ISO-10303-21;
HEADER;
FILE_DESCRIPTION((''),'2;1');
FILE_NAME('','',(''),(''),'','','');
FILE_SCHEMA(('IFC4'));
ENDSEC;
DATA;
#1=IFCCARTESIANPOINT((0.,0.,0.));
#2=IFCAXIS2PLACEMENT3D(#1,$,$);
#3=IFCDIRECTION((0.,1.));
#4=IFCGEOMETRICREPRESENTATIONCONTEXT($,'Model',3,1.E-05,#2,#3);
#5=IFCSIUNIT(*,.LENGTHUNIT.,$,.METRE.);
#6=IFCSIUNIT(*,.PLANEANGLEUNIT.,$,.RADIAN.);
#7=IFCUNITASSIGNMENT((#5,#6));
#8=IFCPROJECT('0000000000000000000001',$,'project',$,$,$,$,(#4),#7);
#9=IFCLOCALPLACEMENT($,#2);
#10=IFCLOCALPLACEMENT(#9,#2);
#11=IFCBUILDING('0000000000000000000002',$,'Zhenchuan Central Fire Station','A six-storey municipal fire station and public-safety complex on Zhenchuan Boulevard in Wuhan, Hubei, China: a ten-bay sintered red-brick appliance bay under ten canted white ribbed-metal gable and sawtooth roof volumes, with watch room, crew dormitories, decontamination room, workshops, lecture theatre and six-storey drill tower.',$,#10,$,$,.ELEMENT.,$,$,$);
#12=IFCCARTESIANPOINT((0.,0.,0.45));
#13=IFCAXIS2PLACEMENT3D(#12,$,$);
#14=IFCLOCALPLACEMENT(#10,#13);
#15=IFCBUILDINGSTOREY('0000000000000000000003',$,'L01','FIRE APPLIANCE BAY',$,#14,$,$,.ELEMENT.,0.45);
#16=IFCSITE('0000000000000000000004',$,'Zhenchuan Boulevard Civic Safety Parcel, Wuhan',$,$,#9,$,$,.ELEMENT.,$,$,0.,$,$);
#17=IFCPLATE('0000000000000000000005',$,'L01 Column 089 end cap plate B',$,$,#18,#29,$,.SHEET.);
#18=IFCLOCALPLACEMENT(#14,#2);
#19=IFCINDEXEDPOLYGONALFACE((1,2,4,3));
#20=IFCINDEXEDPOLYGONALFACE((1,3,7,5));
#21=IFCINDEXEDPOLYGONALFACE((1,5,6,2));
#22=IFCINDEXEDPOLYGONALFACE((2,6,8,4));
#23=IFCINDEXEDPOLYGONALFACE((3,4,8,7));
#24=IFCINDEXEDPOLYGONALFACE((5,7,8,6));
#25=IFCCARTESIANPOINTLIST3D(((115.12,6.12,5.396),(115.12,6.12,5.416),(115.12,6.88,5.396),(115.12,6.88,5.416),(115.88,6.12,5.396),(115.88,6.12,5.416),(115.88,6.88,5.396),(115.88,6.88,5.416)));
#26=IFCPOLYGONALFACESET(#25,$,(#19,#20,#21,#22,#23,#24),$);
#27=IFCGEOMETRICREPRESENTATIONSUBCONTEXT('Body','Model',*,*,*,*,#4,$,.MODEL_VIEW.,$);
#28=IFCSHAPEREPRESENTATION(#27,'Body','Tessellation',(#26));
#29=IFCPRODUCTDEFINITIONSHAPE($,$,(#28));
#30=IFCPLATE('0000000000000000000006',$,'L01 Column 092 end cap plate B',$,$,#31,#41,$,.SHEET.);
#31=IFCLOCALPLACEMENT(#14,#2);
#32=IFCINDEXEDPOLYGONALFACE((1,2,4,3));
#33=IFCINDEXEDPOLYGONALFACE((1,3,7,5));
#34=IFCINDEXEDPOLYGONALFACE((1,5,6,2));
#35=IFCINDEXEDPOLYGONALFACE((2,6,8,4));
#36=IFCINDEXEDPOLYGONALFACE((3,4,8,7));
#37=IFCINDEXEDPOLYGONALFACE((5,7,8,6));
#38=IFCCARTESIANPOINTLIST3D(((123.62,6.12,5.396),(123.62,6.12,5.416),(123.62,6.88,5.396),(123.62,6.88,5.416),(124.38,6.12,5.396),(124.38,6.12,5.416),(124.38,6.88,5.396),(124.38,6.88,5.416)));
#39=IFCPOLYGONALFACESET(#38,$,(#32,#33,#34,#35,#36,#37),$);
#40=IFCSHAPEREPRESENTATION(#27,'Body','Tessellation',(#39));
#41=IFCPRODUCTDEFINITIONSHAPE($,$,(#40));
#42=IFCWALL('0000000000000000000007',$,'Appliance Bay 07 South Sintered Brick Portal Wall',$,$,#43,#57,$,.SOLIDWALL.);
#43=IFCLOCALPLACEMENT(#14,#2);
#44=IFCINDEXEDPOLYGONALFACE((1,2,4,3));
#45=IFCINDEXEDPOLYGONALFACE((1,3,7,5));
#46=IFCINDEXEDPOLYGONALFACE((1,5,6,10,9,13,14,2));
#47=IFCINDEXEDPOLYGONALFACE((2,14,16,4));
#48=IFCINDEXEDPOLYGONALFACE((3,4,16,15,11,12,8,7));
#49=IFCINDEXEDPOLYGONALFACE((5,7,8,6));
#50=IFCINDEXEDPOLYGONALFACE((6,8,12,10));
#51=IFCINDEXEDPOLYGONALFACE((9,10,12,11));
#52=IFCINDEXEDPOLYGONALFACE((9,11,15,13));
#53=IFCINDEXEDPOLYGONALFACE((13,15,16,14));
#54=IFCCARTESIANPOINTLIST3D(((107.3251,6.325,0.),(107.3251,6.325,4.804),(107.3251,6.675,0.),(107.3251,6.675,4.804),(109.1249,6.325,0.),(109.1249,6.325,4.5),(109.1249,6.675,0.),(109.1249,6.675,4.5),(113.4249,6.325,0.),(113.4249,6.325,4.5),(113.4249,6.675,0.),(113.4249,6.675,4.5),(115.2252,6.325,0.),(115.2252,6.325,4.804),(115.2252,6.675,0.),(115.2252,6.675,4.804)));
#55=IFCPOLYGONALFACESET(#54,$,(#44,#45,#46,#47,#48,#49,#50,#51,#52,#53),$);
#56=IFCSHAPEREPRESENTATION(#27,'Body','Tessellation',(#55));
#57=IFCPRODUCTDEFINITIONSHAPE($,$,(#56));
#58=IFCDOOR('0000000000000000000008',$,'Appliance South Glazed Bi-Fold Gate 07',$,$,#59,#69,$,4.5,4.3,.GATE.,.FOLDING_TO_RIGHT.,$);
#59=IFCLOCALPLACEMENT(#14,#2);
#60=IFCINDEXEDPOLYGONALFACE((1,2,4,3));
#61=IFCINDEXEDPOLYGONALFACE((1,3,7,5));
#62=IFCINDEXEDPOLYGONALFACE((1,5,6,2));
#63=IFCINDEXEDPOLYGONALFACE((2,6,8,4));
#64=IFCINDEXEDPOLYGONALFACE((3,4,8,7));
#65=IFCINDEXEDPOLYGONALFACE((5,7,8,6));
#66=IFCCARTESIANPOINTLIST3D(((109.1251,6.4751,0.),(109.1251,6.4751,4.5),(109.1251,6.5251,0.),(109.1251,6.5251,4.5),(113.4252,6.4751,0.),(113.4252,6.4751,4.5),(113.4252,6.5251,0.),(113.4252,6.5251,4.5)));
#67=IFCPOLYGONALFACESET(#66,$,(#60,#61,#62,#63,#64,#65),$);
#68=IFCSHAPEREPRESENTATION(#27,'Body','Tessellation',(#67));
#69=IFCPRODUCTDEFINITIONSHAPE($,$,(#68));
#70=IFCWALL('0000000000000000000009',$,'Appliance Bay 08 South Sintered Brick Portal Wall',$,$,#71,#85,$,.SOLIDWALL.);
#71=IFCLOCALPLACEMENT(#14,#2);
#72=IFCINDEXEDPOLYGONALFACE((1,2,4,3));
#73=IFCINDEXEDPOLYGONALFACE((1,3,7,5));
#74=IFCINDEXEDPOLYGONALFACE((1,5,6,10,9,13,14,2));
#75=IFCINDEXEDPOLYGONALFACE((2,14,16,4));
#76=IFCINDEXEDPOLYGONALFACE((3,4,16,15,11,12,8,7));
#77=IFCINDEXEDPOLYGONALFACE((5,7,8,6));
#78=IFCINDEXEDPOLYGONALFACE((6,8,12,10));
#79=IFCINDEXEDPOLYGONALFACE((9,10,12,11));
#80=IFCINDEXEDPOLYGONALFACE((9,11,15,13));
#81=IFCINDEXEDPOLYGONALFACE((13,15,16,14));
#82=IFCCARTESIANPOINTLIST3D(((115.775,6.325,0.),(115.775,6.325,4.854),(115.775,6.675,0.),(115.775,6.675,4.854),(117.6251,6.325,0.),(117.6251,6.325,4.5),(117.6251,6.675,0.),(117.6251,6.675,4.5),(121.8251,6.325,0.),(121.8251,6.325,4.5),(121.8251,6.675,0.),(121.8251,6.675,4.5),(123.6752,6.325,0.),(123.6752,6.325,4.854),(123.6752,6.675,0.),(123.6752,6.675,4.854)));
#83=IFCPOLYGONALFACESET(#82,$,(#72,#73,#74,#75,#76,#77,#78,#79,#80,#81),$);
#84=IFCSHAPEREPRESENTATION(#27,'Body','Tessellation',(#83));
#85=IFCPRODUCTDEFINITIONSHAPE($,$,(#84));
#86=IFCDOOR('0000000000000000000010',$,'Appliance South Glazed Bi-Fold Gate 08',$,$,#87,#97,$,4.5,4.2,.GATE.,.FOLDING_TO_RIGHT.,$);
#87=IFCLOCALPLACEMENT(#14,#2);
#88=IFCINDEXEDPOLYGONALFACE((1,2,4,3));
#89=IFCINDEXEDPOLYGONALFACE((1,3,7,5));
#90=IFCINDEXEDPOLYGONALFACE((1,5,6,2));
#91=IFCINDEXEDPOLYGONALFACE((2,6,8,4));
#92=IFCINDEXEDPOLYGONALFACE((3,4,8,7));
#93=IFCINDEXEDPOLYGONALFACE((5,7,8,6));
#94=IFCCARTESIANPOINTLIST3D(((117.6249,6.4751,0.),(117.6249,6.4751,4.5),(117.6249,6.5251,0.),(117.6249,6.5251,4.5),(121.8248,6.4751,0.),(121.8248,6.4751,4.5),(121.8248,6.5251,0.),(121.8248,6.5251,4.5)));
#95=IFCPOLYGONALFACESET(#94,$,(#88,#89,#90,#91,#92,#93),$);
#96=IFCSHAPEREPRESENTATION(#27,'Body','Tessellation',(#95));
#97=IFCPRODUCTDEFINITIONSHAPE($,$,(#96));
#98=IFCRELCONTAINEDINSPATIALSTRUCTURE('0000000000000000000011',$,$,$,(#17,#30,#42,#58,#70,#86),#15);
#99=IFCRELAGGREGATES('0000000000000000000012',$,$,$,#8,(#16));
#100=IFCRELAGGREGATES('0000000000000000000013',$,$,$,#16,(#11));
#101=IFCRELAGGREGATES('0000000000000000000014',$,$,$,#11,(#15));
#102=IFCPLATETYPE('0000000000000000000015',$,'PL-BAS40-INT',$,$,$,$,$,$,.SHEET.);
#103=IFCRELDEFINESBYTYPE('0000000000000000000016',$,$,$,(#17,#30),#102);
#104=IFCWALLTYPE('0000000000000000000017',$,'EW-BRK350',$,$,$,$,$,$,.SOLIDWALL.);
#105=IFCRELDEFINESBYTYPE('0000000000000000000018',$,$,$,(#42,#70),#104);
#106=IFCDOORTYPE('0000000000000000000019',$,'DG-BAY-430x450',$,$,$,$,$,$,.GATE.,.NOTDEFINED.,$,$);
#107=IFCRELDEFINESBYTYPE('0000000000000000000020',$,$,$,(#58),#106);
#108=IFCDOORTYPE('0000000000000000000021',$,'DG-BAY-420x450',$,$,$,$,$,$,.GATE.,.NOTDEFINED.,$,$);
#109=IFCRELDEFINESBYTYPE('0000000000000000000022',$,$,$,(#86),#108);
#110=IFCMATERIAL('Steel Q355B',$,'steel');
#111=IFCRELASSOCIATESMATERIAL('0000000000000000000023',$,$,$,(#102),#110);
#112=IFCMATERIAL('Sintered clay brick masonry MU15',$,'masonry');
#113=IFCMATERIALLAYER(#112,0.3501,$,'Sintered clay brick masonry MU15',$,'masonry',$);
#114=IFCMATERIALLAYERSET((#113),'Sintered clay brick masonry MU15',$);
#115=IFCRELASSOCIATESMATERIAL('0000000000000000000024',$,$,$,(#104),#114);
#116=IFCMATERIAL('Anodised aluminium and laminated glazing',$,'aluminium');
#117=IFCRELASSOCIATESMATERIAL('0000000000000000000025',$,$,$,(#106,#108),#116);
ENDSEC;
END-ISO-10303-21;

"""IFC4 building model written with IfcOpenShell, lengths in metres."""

from ifc_helpers import new_model, si_unit, direction, frame, frame_2d, origin, origin_2d, place, context, subcontext, project, spatial, rectangle, extrude, material, layer, layer_set, material_profile, profile_set, type_object, element, fill, save


model = new_model("IFC4")

# Units and contexts
model_context = context("Model", 3, precision=1e-05, world=origin(), true_north=direction((0.0, 1.0)))
body_context = subcontext(model_context, "Body", "Model", "MODEL_VIEW")
ifc_project = project(units=[si_unit("LENGTHUNIT", "METRE"), si_unit("PLANEANGLEUNIT", "RADIAN")], contexts=[model_context])

# Site, building, storey
site_placement = place(None, origin())
site = spatial("IfcSite", under=ifc_project, at=site_placement, Name="Zhenchuan Boulevard Civic Safety Parcel, Wuhan", CompositionType="ELEMENT", RefElevation=0.0)
building_placement = place(site_placement, origin())
building = spatial("IfcBuilding", under=site, at=building_placement, Name="Zhenchuan Central Fire Station", Description="A six-storey municipal fire station and public-safety complex on Zhenchuan Boulevard in Wuhan, Hubei, China: a ten-bay sintered red-brick appliance bay under ten canted white ribbed-metal gable and sawtooth roof volumes, with watch room, crew dormitories, decontamination room, workshops, lecture theatre and six-storey drill tower.", CompositionType="ELEMENT")
storey_placement = place(building_placement, frame((0.0, 0.0, 0.45)))
storey = spatial("IfcBuildingStorey", under=building, at=storey_placement, Name="L01", Description="FIRE APPLIANCE BAY", CompositionType="ELEMENT", Elevation=0.45)

# Shared definitions
ifc_material_1 = material(Name="Steel Q355B", Category="steel")

# Plates
ifc_material_profile_1 = material_profile(ifc_material_1, rectangle(XDim=0.76, YDim=0.76, at=origin_2d()), Name="PL 760x760x40")
ifc_profile_set_1 = profile_set([ifc_material_profile_1], Name="Steel Q355B")
plate_type = type_object("IfcPlateType", Name="PL-BAS40-INT", PredefinedType="SHEET", material=ifc_profile_set_1)
for number, where, z_axis, x_axis, name in (
    (1, (115.5, 6.5, 5.396), (0.0, 0.0, 1.0), (1.0, 0.0, 0.0), "L01 Column 089 end cap plate B"),
    (2, (124.0, 6.5, 5.396), (0.0, 0.0, 1.0), (1.0, 0.0, 0.0), "L01 Column 092 end cap plate B"),
):
    element("IfcPlate", number, at=place(storey_placement, frame(where, z_axis=z_axis, x_axis=x_axis)), inside=storey, type_object=plate_type, Name=name, PredefinedType="SHEET", context=body_context, shape_type="SweptSolid", body=[
        extrude(rectangle(XDim=0.76, YDim=0.76, at=origin_2d()), origin(), (0.0, 0.0, 1.0), 0.02),
    ])

# Walls, openings, doors
ifc_material_2 = material(Name="Sintered clay brick masonry MU15", Category="masonry")
ifc_layer = layer(ifc_material_2, 0.3501, Name="Sintered clay brick masonry MU15", Category="masonry")
ifc_layer_set = layer_set([ifc_layer], Name="Sintered clay brick masonry MU15")
wall_type = type_object("IfcWallType", Name="EW-BRK350", PredefinedType="SOLIDWALL", material=ifc_layer_set)
wall_1_placement = place(storey_placement, frame((107.325, 6.5, 0.0), z_axis=(0.0, 0.0, 1.0), x_axis=(1.0, 0.0, 0.0)))
wall_1 = element("IfcWall", 3, at=wall_1_placement, inside=storey, type_object=wall_type, Name="Appliance Bay 07 South Sintered Brick Portal Wall", PredefinedType="SOLIDWALL", context=body_context, shape_type="SweptSolid", body=[
    extrude(rectangle(XDim=7.9001, YDim=0.3501, at=frame_2d((3.9502, 0.0))), origin(), (0.0, 0.0, 1.0), 4.804),
])
opening_1_placement = place(wall_1_placement, frame((1.8, 0.0, 0.0)))
opening_1 = element("IfcOpeningElement", 4, at=opening_1_placement, cuts=wall_1, PredefinedType="OPENING", context=body_context, shape_type="SweptSolid", body=[
    extrude(rectangle(XDim=4.3, YDim=4.5, at=frame_2d((2.1499, 2.25))), frame((0.0, 0.1851, 0.0), z_axis=(0.0, -1.0, 0.0), x_axis=(1.0, 0.0, 0.0)), (0.0, 0.0, 1.0), 0.3701),
])
ifc_material_3 = material(Name="Anodised aluminium and laminated glazing", Category="aluminium")
door_type_1 = type_object("IfcDoorType", Name="DG-BAY-430x450", OperationType="NOTDEFINED", PredefinedType="GATE", material=ifc_material_3)
door_1_placement = place(opening_1_placement, frame((4.3, 0.0, 0.0), z_axis=(0.0, 0.0, 1.0), x_axis=(-1.0, 0.0, 0.0)))
door_1 = element("IfcDoor", 5, at=door_1_placement, inside=storey, type_object=door_type_1, Name="Appliance South Glazed Bi-Fold Gate 07", OperationType="FOLDING_TO_RIGHT", OverallHeight=4.5, OverallWidth=4.3, PredefinedType="GATE", context=body_context, shape_type="SweptSolid", body=[
    extrude(rectangle(XDim=4.3, YDim=4.5, at=frame_2d((2.1499, 2.25))), frame((0.0, 0.0249, 0.0), z_axis=(0.0, -1.0, 0.0), x_axis=(1.0, 0.0, 0.0)), (0.0, 0.0, 1.0), 0.05),
])
fill(opening_1, door_1)
wall_2_placement = place(storey_placement, frame((115.7749, 6.5, 0.0), z_axis=(0.0, 0.0, 1.0), x_axis=(1.0, 0.0, 0.0)))
wall_2 = element("IfcWall", 6, at=wall_2_placement, inside=storey, type_object=wall_type, Name="Appliance Bay 08 South Sintered Brick Portal Wall", PredefinedType="SOLIDWALL", context=body_context, shape_type="SweptSolid", body=[
    extrude(rectangle(XDim=7.9001, YDim=0.3501, at=frame_2d((3.9502, 0.0))), origin(), (0.0, 0.0, 1.0), 4.854),
])
opening_2_placement = place(wall_2_placement, frame((1.8501, 0.0, 0.0)))
opening_2 = element("IfcOpeningElement", 7, at=opening_2_placement, cuts=wall_2, PredefinedType="OPENING", context=body_context, shape_type="SweptSolid", body=[
    extrude(rectangle(XDim=4.2, YDim=4.5, at=frame_2d((2.1001, 2.25))), frame((0.0, 0.1851, 0.0), z_axis=(0.0, -1.0, 0.0), x_axis=(1.0, 0.0, 0.0)), (0.0, 0.0, 1.0), 0.3701),
])
door_type_2 = type_object("IfcDoorType", Name="DG-BAY-420x450", OperationType="NOTDEFINED", PredefinedType="GATE", material=ifc_material_3)
door_2_placement = place(opening_2_placement, frame((4.2, 0.0, 0.0), z_axis=(0.0, 0.0, 1.0), x_axis=(-1.0, 0.0, 0.0)))
door_2 = element("IfcDoor", 8, at=door_2_placement, inside=storey, type_object=door_type_2, Name="Appliance South Glazed Bi-Fold Gate 08", OperationType="FOLDING_TO_RIGHT", OverallHeight=4.5, OverallWidth=4.2, PredefinedType="GATE", context=body_context, shape_type="SweptSolid", body=[
    extrude(rectangle(XDim=4.2, YDim=4.5, at=frame_2d((2.1001, 2.25))), frame((0.0, 0.0249, 0.0), z_axis=(0.0, -1.0, 0.0), x_axis=(1.0, 0.0, 0.0)), (0.0, 0.0, 1.0), 0.05),
])
fill(opening_2, door_2)

save(model, "model.ifc")
